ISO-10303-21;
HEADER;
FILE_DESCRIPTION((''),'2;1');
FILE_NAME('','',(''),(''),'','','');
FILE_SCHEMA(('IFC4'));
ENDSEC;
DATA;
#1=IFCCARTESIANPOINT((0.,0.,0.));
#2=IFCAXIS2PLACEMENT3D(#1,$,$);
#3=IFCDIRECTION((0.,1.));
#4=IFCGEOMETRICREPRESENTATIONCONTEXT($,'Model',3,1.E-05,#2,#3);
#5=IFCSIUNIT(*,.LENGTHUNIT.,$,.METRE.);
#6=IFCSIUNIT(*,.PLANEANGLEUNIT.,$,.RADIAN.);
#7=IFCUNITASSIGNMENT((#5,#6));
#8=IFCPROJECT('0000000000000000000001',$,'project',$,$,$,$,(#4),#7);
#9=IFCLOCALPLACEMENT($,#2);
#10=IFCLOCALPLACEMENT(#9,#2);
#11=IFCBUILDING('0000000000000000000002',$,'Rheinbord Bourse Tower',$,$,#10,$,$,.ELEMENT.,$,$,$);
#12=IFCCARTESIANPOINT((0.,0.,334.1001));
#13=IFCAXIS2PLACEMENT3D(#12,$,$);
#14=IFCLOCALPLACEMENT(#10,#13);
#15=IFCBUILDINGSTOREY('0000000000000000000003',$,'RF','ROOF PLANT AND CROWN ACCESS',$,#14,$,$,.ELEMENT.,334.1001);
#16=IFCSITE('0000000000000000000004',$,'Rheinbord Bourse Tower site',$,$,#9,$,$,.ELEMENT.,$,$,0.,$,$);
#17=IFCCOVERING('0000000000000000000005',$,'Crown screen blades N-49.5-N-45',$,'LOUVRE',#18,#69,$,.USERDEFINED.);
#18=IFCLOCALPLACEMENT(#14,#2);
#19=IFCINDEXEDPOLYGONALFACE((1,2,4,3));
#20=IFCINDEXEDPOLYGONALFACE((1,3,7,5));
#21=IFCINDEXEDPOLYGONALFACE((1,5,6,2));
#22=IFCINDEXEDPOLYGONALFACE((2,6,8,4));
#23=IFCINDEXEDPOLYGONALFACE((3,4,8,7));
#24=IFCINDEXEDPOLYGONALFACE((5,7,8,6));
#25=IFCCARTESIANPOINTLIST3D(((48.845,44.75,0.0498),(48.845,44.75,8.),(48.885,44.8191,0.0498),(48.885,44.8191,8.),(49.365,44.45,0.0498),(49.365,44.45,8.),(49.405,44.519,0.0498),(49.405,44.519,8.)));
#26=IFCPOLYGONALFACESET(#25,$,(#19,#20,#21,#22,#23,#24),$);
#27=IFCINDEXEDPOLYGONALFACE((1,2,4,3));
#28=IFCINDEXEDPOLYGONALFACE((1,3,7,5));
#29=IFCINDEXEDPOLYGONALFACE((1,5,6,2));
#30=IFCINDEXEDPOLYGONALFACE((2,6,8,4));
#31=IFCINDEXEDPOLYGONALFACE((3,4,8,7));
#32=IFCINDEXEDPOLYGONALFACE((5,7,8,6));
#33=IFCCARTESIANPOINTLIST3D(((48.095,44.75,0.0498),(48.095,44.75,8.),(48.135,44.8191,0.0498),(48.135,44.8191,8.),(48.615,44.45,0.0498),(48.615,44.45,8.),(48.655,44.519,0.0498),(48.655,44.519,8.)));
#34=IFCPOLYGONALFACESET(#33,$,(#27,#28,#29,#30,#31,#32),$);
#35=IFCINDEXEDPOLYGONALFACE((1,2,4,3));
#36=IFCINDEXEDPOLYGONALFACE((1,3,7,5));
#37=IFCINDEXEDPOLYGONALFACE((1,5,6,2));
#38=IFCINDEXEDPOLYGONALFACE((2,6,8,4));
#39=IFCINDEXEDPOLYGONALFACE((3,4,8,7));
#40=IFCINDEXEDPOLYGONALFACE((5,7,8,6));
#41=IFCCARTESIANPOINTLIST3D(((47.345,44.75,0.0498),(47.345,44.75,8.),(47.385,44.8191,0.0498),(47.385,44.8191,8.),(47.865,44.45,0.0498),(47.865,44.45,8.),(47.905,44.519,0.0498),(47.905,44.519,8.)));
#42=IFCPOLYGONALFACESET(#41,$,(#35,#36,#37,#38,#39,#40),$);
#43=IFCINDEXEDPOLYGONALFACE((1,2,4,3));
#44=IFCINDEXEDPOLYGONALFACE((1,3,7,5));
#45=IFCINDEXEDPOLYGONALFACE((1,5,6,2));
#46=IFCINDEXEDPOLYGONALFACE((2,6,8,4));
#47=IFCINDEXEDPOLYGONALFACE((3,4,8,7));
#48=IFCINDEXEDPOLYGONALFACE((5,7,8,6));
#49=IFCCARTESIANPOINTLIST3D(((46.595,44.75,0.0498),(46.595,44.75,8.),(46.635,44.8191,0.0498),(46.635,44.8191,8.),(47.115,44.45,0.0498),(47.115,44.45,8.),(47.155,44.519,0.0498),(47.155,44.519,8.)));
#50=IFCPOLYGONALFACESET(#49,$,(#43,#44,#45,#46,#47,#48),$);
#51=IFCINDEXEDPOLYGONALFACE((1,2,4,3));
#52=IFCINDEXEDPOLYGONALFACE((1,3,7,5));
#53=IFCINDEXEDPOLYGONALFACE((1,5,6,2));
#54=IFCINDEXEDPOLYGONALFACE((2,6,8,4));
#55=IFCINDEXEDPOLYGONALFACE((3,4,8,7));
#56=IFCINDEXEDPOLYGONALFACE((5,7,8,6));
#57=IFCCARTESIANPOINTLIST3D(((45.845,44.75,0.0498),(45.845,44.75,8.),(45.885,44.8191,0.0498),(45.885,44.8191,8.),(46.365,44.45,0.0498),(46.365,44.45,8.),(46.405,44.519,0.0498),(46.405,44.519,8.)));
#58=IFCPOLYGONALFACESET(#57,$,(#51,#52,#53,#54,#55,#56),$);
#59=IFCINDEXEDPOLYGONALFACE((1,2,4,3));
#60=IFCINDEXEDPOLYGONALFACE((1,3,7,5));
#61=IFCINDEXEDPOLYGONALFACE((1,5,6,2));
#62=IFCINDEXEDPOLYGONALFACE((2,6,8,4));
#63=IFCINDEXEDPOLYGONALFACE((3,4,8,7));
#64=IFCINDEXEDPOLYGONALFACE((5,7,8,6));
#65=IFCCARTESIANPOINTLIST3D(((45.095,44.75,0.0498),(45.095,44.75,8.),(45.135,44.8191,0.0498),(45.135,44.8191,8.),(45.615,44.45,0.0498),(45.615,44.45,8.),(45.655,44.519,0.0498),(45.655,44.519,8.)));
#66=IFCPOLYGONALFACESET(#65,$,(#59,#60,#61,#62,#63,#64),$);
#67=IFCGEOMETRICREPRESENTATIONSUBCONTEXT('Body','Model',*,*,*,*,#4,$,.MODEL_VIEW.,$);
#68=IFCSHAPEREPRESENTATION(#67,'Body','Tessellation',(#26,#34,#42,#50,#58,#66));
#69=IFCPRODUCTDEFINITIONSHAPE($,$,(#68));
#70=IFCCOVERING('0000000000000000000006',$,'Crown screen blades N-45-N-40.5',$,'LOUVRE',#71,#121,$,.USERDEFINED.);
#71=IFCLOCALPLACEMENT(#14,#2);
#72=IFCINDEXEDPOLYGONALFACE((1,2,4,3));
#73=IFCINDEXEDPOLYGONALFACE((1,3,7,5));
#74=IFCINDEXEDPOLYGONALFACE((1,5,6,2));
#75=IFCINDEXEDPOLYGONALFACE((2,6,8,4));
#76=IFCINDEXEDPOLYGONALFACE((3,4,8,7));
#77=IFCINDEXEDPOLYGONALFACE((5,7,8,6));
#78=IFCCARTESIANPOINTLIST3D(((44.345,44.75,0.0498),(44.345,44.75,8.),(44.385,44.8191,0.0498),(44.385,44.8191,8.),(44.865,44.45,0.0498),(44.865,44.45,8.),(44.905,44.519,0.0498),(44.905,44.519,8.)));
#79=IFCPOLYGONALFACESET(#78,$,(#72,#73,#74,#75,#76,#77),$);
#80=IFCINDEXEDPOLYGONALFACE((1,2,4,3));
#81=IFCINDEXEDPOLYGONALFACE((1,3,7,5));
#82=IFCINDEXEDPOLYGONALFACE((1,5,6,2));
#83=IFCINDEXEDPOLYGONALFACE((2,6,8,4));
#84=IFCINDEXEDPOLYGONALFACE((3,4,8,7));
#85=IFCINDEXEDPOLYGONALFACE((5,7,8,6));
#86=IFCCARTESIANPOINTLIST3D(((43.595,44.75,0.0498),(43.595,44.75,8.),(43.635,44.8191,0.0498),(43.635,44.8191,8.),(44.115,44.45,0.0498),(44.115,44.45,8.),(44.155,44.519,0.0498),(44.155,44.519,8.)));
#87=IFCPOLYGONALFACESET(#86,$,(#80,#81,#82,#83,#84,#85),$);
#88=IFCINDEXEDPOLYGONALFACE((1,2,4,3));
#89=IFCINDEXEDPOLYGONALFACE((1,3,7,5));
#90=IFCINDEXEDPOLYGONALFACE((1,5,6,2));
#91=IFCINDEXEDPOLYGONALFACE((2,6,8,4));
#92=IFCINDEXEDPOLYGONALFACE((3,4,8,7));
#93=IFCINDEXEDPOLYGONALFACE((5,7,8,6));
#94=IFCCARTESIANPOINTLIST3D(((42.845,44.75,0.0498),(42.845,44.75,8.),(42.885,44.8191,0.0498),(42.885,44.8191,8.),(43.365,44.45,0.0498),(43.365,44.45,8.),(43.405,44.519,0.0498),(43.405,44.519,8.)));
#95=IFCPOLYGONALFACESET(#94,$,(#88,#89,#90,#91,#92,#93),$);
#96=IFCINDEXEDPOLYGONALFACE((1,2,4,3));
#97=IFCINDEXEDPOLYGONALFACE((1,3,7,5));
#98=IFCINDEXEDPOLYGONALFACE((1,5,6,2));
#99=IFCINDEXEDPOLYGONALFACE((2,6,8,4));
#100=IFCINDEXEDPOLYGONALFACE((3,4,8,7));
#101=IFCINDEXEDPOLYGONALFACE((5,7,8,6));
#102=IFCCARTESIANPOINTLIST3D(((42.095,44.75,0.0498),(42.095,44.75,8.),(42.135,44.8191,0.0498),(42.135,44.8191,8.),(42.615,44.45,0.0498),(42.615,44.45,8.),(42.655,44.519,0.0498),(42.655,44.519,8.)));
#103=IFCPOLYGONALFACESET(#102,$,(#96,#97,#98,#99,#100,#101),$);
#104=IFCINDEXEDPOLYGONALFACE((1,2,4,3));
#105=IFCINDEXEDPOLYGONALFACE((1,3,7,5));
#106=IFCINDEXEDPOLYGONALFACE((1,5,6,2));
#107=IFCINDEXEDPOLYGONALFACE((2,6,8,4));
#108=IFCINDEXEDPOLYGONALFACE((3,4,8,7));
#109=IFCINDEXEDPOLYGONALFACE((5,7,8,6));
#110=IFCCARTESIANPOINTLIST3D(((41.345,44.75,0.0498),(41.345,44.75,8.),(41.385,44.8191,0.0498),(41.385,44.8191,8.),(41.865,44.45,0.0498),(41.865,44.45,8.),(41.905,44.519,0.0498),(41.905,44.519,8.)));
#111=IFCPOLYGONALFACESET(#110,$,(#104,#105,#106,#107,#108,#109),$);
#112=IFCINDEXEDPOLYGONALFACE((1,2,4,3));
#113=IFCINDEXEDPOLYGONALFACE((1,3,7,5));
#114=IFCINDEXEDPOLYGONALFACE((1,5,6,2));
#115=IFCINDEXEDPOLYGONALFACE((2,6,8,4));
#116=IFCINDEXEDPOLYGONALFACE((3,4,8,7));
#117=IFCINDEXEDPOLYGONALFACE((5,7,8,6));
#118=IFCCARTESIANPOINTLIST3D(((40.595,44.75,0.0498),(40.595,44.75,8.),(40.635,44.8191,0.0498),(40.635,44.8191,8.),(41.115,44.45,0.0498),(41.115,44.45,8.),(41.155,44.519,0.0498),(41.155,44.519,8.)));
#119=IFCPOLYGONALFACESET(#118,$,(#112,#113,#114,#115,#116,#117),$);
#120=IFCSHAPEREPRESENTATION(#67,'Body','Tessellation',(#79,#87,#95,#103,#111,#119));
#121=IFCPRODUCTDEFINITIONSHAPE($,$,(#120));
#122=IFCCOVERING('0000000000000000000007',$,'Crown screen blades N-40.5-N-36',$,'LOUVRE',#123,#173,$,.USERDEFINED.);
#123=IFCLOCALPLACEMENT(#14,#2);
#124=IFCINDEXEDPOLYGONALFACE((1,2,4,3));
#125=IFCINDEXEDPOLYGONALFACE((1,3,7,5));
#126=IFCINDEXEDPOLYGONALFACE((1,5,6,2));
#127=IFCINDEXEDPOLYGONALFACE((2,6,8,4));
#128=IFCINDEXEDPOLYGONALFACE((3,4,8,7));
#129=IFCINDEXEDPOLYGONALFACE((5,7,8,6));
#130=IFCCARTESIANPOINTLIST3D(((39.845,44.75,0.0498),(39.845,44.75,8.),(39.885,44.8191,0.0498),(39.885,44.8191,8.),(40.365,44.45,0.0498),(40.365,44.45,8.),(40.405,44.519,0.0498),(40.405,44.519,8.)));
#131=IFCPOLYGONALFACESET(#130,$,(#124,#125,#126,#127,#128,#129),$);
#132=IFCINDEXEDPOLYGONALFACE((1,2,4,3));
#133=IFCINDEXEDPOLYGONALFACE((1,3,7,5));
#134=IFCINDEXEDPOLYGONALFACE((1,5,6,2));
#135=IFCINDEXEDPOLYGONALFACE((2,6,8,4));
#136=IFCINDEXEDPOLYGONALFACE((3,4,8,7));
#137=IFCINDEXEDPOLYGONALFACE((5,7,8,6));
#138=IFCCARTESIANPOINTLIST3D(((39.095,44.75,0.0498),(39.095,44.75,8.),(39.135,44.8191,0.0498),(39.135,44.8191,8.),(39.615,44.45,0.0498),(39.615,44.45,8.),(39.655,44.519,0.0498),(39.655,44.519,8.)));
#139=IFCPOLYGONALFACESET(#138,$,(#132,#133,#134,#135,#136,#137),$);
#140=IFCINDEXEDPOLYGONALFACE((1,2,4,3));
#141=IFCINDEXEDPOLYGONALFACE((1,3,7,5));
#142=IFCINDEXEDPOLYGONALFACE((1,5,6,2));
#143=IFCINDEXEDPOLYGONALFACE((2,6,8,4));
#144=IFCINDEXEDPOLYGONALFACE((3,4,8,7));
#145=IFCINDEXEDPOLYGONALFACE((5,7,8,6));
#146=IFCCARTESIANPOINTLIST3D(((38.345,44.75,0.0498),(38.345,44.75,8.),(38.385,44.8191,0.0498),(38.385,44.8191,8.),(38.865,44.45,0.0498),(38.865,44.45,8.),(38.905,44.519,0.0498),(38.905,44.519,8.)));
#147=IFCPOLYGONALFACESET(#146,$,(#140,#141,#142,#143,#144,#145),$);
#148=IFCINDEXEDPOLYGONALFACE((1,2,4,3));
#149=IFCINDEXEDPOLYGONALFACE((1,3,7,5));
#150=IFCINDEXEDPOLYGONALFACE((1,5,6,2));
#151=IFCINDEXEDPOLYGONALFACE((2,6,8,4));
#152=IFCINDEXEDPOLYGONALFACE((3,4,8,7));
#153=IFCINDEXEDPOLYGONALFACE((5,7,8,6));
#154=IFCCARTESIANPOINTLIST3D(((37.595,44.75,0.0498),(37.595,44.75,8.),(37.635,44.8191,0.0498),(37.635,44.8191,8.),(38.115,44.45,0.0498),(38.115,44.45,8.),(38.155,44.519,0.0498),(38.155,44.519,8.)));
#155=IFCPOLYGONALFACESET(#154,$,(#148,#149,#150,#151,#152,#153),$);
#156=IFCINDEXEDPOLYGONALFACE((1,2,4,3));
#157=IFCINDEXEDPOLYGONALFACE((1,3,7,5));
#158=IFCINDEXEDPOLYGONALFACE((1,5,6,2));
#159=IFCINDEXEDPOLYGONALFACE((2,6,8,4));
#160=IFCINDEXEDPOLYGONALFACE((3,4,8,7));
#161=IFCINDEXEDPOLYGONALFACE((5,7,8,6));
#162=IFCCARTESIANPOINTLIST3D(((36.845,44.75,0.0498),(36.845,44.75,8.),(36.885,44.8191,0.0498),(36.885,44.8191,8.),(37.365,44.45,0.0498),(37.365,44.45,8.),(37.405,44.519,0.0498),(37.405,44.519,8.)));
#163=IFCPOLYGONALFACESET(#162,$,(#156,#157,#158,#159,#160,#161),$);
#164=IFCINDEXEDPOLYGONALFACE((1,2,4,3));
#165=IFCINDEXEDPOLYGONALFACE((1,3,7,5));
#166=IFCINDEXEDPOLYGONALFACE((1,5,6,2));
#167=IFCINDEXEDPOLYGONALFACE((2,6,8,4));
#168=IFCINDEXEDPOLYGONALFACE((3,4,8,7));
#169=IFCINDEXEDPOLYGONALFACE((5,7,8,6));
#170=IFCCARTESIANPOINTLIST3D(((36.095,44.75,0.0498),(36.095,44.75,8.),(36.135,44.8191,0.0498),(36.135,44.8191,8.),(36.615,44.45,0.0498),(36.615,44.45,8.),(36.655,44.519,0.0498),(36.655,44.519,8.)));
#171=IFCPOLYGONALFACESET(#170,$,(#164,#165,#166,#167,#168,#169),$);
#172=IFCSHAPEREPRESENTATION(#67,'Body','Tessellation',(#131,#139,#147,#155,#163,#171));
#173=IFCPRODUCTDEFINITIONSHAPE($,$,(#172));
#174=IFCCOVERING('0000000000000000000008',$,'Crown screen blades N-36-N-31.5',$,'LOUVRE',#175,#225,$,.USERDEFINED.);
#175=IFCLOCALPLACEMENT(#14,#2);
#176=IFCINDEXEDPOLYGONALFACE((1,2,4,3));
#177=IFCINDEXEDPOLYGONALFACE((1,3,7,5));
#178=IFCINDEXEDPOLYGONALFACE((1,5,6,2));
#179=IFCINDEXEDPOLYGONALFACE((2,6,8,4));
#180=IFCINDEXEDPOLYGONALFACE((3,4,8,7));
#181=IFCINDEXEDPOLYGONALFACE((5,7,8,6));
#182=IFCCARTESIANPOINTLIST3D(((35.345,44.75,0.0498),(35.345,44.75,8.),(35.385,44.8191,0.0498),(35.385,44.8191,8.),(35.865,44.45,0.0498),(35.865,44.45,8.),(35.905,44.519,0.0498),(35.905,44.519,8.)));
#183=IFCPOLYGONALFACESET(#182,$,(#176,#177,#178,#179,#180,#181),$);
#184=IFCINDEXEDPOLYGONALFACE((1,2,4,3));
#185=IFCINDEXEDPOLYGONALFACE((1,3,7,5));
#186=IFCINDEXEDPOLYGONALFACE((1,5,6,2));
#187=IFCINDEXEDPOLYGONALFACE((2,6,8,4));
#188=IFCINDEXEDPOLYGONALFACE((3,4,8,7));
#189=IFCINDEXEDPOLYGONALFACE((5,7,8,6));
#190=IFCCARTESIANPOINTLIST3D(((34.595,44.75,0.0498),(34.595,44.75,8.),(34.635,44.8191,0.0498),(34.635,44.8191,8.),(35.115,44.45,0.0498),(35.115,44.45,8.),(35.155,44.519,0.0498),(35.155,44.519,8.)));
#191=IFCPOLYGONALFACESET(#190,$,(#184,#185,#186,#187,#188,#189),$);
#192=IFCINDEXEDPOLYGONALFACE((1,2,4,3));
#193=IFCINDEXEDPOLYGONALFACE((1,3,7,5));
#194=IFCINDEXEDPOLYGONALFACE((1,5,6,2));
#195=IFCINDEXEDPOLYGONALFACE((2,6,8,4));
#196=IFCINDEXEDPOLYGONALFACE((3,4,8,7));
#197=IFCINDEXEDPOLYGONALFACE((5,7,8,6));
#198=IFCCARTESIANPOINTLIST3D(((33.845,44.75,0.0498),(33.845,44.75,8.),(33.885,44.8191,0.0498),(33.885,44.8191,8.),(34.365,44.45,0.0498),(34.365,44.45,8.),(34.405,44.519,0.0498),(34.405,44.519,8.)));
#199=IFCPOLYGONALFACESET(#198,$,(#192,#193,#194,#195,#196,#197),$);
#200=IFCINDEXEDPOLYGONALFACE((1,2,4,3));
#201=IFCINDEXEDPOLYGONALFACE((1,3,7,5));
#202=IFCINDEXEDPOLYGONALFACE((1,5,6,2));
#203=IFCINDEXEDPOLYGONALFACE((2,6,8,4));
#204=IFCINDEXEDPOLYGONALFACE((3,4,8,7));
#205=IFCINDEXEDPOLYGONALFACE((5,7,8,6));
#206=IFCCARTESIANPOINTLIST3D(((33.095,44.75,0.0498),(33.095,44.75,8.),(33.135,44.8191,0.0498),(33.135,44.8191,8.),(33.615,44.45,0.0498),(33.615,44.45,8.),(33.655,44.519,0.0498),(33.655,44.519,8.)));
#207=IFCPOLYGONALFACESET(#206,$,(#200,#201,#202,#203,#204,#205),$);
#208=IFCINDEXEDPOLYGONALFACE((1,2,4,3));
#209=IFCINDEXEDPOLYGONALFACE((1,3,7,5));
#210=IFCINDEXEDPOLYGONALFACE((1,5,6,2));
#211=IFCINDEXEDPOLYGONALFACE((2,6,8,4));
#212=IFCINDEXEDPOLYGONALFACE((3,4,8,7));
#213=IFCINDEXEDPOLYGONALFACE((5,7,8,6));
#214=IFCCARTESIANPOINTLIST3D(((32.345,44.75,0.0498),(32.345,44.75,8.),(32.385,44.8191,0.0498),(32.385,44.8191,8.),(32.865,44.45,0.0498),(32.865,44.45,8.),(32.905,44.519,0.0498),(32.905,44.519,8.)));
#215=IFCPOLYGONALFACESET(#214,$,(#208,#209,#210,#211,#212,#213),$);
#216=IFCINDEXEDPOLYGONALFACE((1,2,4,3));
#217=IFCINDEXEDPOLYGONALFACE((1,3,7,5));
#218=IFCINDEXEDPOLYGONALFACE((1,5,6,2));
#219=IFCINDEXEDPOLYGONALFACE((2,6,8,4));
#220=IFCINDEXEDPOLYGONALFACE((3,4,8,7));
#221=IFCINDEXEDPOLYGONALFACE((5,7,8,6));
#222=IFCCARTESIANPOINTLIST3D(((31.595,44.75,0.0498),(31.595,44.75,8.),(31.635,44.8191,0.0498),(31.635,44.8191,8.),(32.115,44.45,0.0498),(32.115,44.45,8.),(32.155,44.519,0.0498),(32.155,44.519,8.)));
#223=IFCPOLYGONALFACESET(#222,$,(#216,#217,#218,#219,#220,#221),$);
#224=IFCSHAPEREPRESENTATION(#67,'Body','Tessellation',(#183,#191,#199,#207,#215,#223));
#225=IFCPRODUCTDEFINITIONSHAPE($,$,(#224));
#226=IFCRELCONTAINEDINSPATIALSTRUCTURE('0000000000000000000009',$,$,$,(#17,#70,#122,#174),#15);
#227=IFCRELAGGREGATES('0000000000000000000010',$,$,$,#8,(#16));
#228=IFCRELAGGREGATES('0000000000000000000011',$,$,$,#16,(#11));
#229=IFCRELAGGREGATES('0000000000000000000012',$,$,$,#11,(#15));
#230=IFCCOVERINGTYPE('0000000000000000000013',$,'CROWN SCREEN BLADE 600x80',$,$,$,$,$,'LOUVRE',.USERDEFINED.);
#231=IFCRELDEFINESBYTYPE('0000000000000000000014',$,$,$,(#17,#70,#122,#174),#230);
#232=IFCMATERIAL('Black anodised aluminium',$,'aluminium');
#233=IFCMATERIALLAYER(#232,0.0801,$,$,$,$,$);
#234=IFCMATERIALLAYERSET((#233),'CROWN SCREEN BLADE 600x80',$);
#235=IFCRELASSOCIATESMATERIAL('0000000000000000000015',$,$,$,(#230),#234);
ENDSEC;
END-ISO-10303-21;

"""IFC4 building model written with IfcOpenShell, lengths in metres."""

from ifc_helpers import new_model, si_unit, direction, frame, origin, place, context, subcontext, project, spatial, polyline, outline, extrude, material, layer, layer_set, type_object, element, save


model = new_model("IFC4")

# Units and contexts
model_context = context("Model", 3, precision=1e-05, world=origin(), true_north=direction((0.0, 1.0)))
body_context = subcontext(model_context, "Body", "Model", "MODEL_VIEW")
ifc_project = project(units=[si_unit("LENGTHUNIT", "METRE"), si_unit("PLANEANGLEUNIT", "RADIAN")], contexts=[model_context])

# Site, building, storey
site_placement = place(None, origin())
site = spatial("IfcSite", under=ifc_project, at=site_placement, Name="Rheinbord Bourse Tower site", CompositionType="ELEMENT", RefElevation=0.0)
building_placement = place(site_placement, origin())
building = spatial("IfcBuilding", under=site, at=building_placement, Name="Rheinbord Bourse Tower", CompositionType="ELEMENT")
storey_placement = place(building_placement, frame((0.0, 0.0, 334.1001)))
storey = spatial("IfcBuildingStorey", under=building, at=storey_placement, Name="RF", Description="ROOF PLANT AND CROWN ACCESS", CompositionType="ELEMENT", Elevation=334.1001)

# Coverings
ifc_material_1 = material(Name="Black anodised aluminium", Category="aluminium")
ifc_layer_1 = layer(ifc_material_1, 0.0801)
ifc_layer_set_1 = layer_set([ifc_layer_1], Name="CROWN SCREEN BLADE 600x80")
covering_type_1 = type_object("IfcCoveringType", Name="CROWN SCREEN BLADE 600x80", ElementType="LOUVRE", PredefinedType="USERDEFINED", material=ifc_layer_set_1)
covering_1_placement = place(storey_placement, frame((0.0, 0.0, 0.0498)))
element("IfcCovering", 1, at=covering_1_placement, inside=storey, type_object=covering_type_1, Name="Crown screen blades N-49.5-N-45", ObjectType="LOUVRE", PredefinedType="USERDEFINED", context=body_context, shape_type="SweptSolid", body=[
    extrude(outline(polyline([(49.365, 44.45), (48.845, 44.75), (48.885, 44.8191), (49.405, 44.519), (49.365, 44.45)])), origin(), (0.0, 0.0, 1.0), 7.9502),
    extrude(outline(polyline([(48.615, 44.45), (48.095, 44.75), (48.135, 44.8191), (48.655, 44.519), (48.615, 44.45)])), origin(), (0.0, 0.0, 1.0), 7.9502),
    extrude(outline(polyline([(47.865, 44.45), (47.345, 44.75), (47.385, 44.8191), (47.905, 44.519), (47.865, 44.45)])), origin(), (0.0, 0.0, 1.0), 7.9502),
    extrude(outline(polyline([(47.115, 44.45), (46.595, 44.75), (46.635, 44.8191), (47.155, 44.519), (47.115, 44.45)])), origin(), (0.0, 0.0, 1.0), 7.9502),
    extrude(outline(polyline([(46.365, 44.45), (45.845, 44.75), (45.885, 44.8191), (46.405, 44.519), (46.365, 44.45)])), origin(), (0.0, 0.0, 1.0), 7.9502),
    extrude(outline(polyline([(45.615, 44.45), (45.095, 44.75), (45.135, 44.8191), (45.655, 44.519), (45.615, 44.45)])), origin(), (0.0, 0.0, 1.0), 7.9502),
])
covering_2_placement = place(storey_placement, frame((0.0, 0.0, 0.0498)))
element("IfcCovering", 2, at=covering_2_placement, inside=storey, type_object=covering_type_1, Name="Crown screen blades N-45-N-40.5", ObjectType="LOUVRE", PredefinedType="USERDEFINED", context=body_context, shape_type="SweptSolid", body=[
    extrude(outline(polyline([(44.865, 44.45), (44.345, 44.75), (44.385, 44.8191), (44.905, 44.519), (44.865, 44.45)])), origin(), (0.0, 0.0, 1.0), 7.9502),
    extrude(outline(polyline([(44.115, 44.45), (43.595, 44.75), (43.635, 44.8191), (44.155, 44.519), (44.115, 44.45)])), origin(), (0.0, 0.0, 1.0), 7.9502),
    extrude(outline(polyline([(43.365, 44.45), (42.845, 44.75), (42.885, 44.8191), (43.405, 44.519), (43.365, 44.45)])), origin(), (0.0, 0.0, 1.0), 7.9502),
    extrude(outline(polyline([(42.615, 44.45), (42.095, 44.75), (42.135, 44.8191), (42.655, 44.519), (42.615, 44.45)])), origin(), (0.0, 0.0, 1.0), 7.9502),
    extrude(outline(polyline([(41.865, 44.45), (41.345, 44.75), (41.385, 44.8191), (41.905, 44.519), (41.865, 44.45)])), origin(), (0.0, 0.0, 1.0), 7.9502),
    extrude(outline(polyline([(41.115, 44.45), (40.595, 44.75), (40.635, 44.8191), (41.155, 44.519), (41.115, 44.45)])), origin(), (0.0, 0.0, 1.0), 7.9502),
])
covering_3_placement = place(storey_placement, frame((0.0, 0.0, 0.0498)))
element("IfcCovering", 3, at=covering_3_placement, inside=storey, type_object=covering_type_1, Name="Crown screen blades N-40.5-N-36", ObjectType="LOUVRE", PredefinedType="USERDEFINED", context=body_context, shape_type="SweptSolid", body=[
    extrude(outline(polyline([(40.365, 44.45), (39.845, 44.75), (39.885, 44.8191), (40.405, 44.519), (40.365, 44.45)])), origin(), (0.0, 0.0, 1.0), 7.9502),
    extrude(outline(polyline([(39.615, 44.45), (39.095, 44.75), (39.135, 44.8191), (39.655, 44.519), (39.615, 44.45)])), origin(), (0.0, 0.0, 1.0), 7.9502),
    extrude(outline(polyline([(38.865, 44.45), (38.345, 44.75), (38.385, 44.8191), (38.905, 44.519), (38.865, 44.45)])), origin(), (0.0, 0.0, 1.0), 7.9502),
    extrude(outline(polyline([(38.115, 44.45), (37.595, 44.75), (37.635, 44.8191), (38.155, 44.519), (38.115, 44.45)])), origin(), (0.0, 0.0, 1.0), 7.9502),
    extrude(outline(polyline([(37.365, 44.45), (36.845, 44.75), (36.885, 44.8191), (37.405, 44.519), (37.365, 44.45)])), origin(), (0.0, 0.0, 1.0), 7.9502),
    extrude(outline(polyline([(36.615, 44.45), (36.095, 44.75), (36.135, 44.8191), (36.655, 44.519), (36.615, 44.45)])), origin(), (0.0, 0.0, 1.0), 7.9502),
])
covering_4_placement = place(storey_placement, frame((0.0, 0.0, 0.0498)))
element("IfcCovering", 4, at=covering_4_placement, inside=storey, type_object=covering_type_1, Name="Crown screen blades N-36-N-31.5", ObjectType="LOUVRE", PredefinedType="USERDEFINED", context=body_context, shape_type="SweptSolid", body=[
    extrude(outline(polyline([(35.865, 44.45), (35.345, 44.75), (35.385, 44.8191), (35.905, 44.519), (35.865, 44.45)])), origin(), (0.0, 0.0, 1.0), 7.9502),
    extrude(outline(polyline([(35.115, 44.45), (34.595, 44.75), (34.635, 44.8191), (35.155, 44.519), (35.115, 44.45)])), origin(), (0.0, 0.0, 1.0), 7.9502),
    extrude(outline(polyline([(34.365, 44.45), (33.845, 44.75), (33.885, 44.8191), (34.405, 44.519), (34.365, 44.45)])), origin(), (0.0, 0.0, 1.0), 7.9502),
    extrude(outline(polyline([(33.615, 44.45), (33.095, 44.75), (33.135, 44.8191), (33.655, 44.519), (33.615, 44.45)])), origin(), (0.0, 0.0, 1.0), 7.9502),
    extrude(outline(polyline([(32.865, 44.45), (32.345, 44.75), (32.385, 44.8191), (32.905, 44.519), (32.865, 44.45)])), origin(), (0.0, 0.0, 1.0), 7.9502),
    extrude(outline(polyline([(32.115, 44.45), (31.595, 44.75), (31.635, 44.8191), (32.155, 44.519), (32.115, 44.45)])), origin(), (0.0, 0.0, 1.0), 7.9502),
])

save(model, "model.ifc")
